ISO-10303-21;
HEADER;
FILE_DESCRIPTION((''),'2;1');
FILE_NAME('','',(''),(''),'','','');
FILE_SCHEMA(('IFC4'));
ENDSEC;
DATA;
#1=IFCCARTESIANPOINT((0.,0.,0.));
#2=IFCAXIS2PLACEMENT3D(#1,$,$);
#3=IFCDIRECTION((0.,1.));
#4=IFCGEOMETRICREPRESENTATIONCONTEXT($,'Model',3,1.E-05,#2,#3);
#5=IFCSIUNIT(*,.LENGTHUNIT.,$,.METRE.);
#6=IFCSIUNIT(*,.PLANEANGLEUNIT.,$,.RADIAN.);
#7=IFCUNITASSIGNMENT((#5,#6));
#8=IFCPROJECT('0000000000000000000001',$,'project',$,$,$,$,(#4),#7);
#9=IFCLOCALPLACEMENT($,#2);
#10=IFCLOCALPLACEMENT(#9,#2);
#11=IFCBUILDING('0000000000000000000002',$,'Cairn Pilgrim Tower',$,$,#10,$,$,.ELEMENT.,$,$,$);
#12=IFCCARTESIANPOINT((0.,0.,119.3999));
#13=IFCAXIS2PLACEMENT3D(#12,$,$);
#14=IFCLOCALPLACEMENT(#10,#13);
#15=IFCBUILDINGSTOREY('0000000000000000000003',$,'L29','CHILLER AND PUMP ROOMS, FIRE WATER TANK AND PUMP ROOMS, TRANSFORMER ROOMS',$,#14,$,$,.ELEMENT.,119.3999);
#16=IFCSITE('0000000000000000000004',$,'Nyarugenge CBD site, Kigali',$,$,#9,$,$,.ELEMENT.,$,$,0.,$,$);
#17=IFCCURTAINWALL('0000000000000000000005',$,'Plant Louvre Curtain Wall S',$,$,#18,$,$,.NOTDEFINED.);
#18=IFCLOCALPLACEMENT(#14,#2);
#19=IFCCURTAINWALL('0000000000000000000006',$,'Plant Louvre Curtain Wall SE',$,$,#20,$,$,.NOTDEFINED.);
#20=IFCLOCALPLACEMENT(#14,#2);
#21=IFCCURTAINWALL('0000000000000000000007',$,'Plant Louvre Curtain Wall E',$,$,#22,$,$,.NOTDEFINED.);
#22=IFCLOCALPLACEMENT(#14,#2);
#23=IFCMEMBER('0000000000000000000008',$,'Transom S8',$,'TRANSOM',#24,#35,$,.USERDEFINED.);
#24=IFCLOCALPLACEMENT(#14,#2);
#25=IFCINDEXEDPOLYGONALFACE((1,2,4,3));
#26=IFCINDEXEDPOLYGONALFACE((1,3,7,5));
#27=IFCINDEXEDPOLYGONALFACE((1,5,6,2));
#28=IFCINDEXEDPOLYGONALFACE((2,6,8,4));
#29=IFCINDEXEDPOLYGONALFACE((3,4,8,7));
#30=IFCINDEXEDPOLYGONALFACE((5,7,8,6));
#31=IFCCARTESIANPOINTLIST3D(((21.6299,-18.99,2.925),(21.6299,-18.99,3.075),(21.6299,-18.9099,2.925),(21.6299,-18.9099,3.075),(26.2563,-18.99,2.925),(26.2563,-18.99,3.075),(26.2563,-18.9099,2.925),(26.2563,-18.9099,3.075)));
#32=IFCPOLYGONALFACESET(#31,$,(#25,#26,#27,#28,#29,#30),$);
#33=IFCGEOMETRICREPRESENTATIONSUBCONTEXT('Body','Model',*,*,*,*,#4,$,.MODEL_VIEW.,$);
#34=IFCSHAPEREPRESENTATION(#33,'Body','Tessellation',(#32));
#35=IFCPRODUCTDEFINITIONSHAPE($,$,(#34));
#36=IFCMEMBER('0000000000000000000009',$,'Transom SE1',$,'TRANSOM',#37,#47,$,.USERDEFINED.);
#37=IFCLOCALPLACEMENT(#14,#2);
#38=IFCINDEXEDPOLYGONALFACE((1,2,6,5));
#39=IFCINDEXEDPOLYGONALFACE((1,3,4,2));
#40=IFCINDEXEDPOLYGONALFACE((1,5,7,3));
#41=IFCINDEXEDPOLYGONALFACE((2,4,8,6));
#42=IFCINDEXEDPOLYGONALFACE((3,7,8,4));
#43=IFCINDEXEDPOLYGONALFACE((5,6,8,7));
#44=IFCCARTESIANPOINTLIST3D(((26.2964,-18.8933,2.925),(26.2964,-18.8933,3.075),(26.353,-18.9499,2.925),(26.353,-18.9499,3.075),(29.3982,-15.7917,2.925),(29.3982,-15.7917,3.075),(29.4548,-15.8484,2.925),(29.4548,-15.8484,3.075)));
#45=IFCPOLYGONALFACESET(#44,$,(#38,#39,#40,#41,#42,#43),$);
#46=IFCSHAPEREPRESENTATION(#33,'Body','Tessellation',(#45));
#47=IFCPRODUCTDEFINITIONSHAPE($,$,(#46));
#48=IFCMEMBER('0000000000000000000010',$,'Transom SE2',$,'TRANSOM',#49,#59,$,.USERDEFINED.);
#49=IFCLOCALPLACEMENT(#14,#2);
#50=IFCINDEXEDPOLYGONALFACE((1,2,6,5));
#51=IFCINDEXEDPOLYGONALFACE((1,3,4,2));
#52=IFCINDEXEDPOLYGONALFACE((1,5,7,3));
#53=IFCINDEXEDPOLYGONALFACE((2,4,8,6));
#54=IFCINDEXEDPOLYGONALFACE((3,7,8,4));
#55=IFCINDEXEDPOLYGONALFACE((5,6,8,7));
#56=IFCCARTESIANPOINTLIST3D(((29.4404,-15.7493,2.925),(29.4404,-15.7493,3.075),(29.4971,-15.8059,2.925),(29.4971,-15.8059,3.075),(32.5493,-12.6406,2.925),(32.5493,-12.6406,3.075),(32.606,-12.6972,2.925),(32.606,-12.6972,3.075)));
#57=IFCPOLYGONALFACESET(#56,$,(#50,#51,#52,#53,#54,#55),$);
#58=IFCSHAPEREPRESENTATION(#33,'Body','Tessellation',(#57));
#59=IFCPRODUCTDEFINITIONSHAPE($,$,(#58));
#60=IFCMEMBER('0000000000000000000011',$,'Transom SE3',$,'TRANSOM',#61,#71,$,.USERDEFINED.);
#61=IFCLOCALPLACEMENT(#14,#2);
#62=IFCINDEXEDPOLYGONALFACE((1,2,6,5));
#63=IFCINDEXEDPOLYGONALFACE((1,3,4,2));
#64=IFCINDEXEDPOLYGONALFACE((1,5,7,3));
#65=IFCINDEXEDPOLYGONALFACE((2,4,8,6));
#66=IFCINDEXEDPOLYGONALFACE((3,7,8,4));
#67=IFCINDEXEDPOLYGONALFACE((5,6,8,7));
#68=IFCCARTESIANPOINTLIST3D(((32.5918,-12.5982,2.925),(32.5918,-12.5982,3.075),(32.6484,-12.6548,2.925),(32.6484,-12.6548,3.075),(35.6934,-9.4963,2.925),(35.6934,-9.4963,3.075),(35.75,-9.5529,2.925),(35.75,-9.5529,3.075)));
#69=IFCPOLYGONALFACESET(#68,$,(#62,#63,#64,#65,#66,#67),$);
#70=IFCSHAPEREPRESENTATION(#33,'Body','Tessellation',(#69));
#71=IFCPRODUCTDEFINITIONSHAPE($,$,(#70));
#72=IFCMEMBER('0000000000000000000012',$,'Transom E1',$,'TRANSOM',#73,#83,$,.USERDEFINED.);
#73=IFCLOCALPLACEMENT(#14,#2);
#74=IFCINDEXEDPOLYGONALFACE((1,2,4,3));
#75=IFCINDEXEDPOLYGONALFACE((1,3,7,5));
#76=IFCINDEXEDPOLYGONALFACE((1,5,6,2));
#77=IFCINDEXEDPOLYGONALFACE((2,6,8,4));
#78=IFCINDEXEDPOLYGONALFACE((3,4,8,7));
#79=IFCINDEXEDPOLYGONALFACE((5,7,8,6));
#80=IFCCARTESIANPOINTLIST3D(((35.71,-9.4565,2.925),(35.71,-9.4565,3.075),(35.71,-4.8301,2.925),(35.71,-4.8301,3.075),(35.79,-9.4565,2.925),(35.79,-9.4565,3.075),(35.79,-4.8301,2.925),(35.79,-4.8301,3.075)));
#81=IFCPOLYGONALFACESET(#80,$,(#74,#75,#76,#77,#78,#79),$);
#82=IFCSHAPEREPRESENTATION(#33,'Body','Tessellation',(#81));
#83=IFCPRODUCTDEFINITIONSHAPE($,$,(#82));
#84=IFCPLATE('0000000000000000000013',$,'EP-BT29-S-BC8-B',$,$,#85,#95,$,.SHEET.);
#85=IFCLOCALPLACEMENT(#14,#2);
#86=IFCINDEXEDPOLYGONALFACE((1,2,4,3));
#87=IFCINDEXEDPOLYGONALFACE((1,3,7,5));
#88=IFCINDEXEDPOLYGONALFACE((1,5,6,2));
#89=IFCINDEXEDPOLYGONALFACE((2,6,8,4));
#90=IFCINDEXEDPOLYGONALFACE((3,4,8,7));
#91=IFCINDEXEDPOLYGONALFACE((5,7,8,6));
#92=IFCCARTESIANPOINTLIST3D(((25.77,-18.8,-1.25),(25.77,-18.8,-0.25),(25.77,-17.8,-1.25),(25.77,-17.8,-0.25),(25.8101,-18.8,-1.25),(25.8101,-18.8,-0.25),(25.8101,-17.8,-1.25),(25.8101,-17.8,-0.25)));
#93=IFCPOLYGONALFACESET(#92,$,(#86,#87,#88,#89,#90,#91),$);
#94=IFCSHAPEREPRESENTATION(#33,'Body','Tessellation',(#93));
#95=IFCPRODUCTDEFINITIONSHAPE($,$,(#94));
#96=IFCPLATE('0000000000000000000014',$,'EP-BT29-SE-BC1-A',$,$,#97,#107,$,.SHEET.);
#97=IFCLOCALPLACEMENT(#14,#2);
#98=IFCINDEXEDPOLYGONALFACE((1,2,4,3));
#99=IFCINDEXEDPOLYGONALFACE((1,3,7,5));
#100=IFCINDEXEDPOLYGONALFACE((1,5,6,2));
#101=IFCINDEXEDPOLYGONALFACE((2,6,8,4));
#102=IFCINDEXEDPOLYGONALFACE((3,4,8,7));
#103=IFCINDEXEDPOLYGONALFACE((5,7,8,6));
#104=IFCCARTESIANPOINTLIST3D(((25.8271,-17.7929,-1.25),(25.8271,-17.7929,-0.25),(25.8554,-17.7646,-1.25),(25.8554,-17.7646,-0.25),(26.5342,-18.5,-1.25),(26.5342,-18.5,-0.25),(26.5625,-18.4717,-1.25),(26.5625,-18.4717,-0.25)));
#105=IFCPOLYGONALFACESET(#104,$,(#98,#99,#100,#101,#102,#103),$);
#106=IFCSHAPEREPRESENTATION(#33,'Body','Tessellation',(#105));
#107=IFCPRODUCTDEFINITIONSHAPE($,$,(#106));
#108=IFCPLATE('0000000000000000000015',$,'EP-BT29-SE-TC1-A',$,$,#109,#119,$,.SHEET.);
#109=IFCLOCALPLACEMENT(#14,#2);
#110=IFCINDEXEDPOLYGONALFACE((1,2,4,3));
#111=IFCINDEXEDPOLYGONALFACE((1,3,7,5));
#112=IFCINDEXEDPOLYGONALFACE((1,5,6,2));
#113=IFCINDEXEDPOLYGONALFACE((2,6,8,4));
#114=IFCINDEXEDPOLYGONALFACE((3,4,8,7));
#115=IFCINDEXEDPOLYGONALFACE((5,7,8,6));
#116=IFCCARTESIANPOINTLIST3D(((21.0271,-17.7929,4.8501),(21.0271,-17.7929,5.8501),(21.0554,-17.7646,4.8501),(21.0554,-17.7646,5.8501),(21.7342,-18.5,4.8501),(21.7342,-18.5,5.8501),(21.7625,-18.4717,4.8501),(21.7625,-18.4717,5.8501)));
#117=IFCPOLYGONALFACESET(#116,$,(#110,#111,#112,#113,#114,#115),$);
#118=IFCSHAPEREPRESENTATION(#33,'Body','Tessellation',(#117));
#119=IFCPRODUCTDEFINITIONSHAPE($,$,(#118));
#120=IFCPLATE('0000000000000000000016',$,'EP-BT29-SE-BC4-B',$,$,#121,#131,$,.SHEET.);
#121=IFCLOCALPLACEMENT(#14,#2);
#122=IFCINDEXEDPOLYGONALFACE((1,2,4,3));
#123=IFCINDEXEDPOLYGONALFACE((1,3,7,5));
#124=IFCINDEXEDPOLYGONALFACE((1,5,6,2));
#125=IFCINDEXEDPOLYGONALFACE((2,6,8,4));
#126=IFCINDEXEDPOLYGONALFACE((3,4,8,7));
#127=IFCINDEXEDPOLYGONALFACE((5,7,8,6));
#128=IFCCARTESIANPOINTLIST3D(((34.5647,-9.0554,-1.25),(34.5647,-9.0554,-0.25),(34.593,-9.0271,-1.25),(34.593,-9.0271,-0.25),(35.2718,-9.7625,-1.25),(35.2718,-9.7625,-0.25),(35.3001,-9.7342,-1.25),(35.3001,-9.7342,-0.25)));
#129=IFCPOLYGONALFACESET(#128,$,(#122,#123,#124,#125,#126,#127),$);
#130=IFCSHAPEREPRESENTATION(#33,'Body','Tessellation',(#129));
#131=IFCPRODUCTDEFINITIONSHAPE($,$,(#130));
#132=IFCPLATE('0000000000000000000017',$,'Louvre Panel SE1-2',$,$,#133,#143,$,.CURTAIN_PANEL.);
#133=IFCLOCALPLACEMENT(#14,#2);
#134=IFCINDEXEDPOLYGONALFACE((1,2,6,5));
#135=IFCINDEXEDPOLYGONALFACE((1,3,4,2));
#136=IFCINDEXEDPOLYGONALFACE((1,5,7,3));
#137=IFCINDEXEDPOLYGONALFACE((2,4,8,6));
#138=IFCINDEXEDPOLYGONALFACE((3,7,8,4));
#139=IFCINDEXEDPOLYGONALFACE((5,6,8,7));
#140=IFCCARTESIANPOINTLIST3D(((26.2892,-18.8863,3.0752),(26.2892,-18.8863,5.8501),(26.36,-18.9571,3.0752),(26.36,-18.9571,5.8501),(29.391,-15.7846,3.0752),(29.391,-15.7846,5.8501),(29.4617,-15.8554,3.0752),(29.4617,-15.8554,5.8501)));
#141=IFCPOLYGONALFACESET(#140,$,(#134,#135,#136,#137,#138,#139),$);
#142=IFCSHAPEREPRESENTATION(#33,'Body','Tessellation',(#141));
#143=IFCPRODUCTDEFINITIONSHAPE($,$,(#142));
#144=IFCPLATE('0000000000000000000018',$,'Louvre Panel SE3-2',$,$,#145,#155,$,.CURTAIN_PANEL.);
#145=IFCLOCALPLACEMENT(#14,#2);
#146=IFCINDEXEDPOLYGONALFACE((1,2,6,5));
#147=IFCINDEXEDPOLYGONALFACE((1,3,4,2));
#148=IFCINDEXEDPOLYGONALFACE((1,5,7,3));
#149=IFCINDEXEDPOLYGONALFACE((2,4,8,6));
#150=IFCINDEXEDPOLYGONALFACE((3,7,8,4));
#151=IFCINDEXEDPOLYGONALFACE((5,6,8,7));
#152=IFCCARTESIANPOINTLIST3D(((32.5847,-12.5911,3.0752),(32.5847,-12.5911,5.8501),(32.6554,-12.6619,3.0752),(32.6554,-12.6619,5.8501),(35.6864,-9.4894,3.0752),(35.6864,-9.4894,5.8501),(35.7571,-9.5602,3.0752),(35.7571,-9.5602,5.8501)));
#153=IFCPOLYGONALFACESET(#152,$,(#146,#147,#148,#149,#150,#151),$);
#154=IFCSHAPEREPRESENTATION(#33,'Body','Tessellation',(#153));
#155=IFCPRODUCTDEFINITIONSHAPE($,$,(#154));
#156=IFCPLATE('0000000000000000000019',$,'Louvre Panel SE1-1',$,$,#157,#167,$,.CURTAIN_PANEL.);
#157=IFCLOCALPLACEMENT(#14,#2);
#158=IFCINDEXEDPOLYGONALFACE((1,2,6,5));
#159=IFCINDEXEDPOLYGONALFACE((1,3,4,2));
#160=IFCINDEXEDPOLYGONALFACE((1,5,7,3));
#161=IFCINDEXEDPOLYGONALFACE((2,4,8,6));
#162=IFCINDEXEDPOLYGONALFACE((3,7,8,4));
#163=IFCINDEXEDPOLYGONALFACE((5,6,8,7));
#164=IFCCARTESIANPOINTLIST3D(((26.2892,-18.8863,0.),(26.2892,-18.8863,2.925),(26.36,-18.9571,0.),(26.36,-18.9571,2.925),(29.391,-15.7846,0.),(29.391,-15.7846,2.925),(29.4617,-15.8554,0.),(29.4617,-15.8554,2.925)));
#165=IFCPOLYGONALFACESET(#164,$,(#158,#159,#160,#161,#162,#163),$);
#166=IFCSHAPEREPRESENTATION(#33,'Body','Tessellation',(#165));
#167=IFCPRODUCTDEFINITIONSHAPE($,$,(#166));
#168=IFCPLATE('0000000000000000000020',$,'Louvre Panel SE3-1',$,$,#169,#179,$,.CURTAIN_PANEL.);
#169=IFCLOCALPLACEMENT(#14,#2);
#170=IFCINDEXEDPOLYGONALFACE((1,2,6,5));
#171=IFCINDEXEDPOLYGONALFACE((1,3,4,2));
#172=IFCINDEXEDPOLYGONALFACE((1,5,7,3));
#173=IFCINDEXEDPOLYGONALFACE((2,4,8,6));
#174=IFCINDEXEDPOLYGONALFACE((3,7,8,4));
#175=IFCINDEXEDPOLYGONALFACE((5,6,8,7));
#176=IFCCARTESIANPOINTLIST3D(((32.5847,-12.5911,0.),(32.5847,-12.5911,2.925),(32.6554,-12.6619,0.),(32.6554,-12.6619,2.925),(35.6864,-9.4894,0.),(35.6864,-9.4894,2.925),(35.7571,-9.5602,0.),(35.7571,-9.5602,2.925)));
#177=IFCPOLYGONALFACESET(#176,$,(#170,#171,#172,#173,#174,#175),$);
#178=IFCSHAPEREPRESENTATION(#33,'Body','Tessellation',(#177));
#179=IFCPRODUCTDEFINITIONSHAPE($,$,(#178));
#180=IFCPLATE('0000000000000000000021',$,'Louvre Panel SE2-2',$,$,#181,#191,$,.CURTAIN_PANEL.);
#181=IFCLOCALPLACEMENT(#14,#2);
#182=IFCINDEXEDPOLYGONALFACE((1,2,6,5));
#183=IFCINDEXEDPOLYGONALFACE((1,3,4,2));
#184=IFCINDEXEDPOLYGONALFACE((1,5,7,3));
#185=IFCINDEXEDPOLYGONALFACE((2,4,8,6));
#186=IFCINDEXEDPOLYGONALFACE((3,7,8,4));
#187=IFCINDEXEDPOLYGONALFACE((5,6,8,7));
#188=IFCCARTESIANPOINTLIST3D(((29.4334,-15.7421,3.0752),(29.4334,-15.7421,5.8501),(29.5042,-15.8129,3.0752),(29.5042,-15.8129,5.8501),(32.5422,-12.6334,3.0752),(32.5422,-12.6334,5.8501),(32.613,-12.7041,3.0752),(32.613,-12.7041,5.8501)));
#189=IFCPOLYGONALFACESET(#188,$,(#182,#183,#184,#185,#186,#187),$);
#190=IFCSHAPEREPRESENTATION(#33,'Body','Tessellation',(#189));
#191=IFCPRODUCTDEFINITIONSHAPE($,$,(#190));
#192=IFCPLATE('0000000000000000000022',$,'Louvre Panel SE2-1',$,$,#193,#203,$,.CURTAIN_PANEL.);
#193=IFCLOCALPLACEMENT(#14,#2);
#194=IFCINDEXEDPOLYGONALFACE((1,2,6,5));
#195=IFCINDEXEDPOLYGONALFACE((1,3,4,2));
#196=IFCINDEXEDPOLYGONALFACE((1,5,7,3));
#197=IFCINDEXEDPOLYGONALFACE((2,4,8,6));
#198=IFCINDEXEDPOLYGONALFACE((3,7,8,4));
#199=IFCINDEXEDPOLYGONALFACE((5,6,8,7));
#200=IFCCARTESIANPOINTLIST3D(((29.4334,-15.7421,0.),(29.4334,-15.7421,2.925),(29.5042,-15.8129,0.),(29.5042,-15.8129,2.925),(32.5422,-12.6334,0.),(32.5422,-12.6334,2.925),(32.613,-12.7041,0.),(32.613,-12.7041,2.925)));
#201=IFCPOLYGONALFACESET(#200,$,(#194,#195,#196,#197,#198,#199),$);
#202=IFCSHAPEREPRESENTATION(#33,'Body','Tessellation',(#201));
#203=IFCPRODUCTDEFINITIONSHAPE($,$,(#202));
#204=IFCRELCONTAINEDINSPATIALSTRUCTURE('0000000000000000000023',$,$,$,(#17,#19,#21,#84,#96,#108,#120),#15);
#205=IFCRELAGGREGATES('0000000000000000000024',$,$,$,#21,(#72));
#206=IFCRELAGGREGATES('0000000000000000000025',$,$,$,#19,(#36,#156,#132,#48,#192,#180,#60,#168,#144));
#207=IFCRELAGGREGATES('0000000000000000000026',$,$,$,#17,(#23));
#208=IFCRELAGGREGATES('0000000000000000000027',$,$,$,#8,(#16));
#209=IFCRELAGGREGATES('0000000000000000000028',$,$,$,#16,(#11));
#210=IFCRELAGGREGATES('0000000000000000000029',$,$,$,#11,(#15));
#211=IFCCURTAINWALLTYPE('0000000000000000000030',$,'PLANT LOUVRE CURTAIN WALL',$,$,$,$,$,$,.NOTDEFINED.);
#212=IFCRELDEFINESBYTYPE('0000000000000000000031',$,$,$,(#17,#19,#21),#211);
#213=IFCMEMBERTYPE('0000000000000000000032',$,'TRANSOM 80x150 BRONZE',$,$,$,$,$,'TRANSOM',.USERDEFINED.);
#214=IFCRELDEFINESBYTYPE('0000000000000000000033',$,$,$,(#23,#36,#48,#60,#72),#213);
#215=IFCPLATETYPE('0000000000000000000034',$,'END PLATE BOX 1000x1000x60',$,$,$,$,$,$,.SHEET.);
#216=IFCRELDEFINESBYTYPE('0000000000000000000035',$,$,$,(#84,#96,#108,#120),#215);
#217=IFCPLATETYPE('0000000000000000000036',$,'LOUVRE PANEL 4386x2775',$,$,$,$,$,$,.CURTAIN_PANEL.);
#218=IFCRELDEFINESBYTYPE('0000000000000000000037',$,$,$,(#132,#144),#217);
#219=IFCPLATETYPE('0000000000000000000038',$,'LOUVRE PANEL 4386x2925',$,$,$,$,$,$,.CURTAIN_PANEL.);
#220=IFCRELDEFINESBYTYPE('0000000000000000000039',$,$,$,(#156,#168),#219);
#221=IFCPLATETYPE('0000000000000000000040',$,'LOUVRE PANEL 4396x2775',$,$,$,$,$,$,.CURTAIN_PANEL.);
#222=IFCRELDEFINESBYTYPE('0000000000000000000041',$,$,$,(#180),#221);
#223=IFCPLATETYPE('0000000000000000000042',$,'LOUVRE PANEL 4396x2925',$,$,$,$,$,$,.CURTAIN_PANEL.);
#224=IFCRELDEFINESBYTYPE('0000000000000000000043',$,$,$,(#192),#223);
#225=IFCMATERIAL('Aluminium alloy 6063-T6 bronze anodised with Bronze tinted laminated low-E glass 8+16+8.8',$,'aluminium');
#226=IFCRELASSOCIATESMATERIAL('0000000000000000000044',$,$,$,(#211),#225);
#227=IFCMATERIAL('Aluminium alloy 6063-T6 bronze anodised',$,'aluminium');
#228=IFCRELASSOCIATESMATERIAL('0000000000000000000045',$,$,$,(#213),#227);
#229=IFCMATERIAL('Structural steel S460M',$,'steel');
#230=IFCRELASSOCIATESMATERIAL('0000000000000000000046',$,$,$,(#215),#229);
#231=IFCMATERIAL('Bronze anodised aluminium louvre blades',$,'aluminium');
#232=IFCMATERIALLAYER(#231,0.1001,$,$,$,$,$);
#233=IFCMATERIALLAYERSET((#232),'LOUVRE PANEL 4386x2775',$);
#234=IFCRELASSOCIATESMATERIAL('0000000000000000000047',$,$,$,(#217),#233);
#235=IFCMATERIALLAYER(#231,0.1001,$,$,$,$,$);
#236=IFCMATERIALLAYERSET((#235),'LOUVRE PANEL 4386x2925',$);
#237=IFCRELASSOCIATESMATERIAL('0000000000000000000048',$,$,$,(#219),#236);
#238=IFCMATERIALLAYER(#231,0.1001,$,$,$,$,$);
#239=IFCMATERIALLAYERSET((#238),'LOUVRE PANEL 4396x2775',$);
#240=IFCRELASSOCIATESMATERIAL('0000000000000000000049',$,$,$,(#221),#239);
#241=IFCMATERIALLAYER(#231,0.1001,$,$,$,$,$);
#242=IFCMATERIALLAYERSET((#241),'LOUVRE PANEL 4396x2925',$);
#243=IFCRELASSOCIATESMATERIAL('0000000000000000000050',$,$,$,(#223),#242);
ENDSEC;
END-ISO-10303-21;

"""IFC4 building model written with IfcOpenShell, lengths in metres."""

from ifc_helpers import new_model, si_unit, direction, frame, origin, origin_2d, place, context, subcontext, project, spatial, rectangle, extrude, material, layer, layer_set, material_profile, profile_set, type_object, element, aggregate, save


model = new_model("IFC4")

# Units and contexts
model_context = context("Model", 3, precision=1e-05, world=origin(), true_north=direction((0.0, 1.0)))
body_context = subcontext(model_context, "Body", "Model", "MODEL_VIEW")
ifc_project = project(units=[si_unit("LENGTHUNIT", "METRE"), si_unit("PLANEANGLEUNIT", "RADIAN")], contexts=[model_context])

# Site, building, storey
site_placement = place(None, origin())
site = spatial("IfcSite", under=ifc_project, at=site_placement, Name="Nyarugenge CBD site, Kigali", CompositionType="ELEMENT", RefElevation=0.0)
building_placement = place(site_placement, origin())
building = spatial("IfcBuilding", under=site, at=building_placement, Name="Cairn Pilgrim Tower", CompositionType="ELEMENT")
storey_placement = place(building_placement, frame((0.0, 0.0, 119.3999)))
storey = spatial("IfcBuildingStorey", under=building, at=storey_placement, Name="L29", Description="CHILLER AND PUMP ROOMS, FIRE WATER TANK AND PUMP ROOMS, TRANSFORMER ROOMS", CompositionType="ELEMENT", Elevation=119.3999)

# Shared definitions
ifc_material_1 = material(Name="Structural steel S460M", Category="steel")

# Curtain wall
ifc_material_2 = material(Name="Aluminium alloy 6063-T6 bronze anodised with Bronze tinted laminated low-E glass 8+16+8.8", Category="aluminium")
curtain_wall_type = type_object("IfcCurtainWallType", Name="PLANT LOUVRE CURTAIN WALL", PredefinedType="NOTDEFINED", material=ifc_material_2)
curtain_wall_1_placement = place(storey_placement, origin())
curtain_wall_1 = element("IfcCurtainWall", 1, at=curtain_wall_1_placement, inside=storey, type_object=curtain_wall_type, Name="Plant Louvre Curtain Wall S", PredefinedType="NOTDEFINED")
ifc_material_3 = material(Name="Aluminium alloy 6063-T6 bronze anodised", Category="aluminium")

# Curtain wall
curtain_wall_2_placement = place(storey_placement, origin())
curtain_wall_2 = element("IfcCurtainWall", 2, at=curtain_wall_2_placement, inside=storey, type_object=curtain_wall_type, Name="Plant Louvre Curtain Wall SE", PredefinedType="NOTDEFINED")

# Curtain wall
curtain_wall_3_placement = place(storey_placement, origin())
curtain_wall_3 = element("IfcCurtainWall", 3, at=curtain_wall_3_placement, inside=storey, type_object=curtain_wall_type, Name="Plant Louvre Curtain Wall E", PredefinedType="NOTDEFINED")

# Members
ifc_material_profile_1 = material_profile(ifc_material_3, rectangle(XDim=0.0801, YDim=0.1499, at=origin_2d()), Name="TRANSOM 80x150 BRONZE")
ifc_profile_set_1 = profile_set([ifc_material_profile_1], Name="Aluminium alloy 6063-T6 bronze anodised")
member_type_1 = type_object("IfcMemberType", Name="TRANSOM 80x150 BRONZE", ElementType="TRANSOM", PredefinedType="USERDEFINED", material=ifc_profile_set_1)
member_1_placement = place(storey_placement, frame((21.6299, -18.95, 3.0), z_axis=(1.0, 0.0, 0.0), x_axis=(0.0, 1.0, 0.0)))
member_1 = element("IfcMember", 4, at=member_1_placement, type_object=member_type_1, Name="Transom S8", ObjectType="TRANSOM", PredefinedType="USERDEFINED", context=body_context, shape_type="SweptSolid", body=[
    extrude(rectangle(XDim=0.0801, YDim=0.1499, at=origin_2d()), origin(), (0.0, 0.0, 1.0), 4.6265),
])
member_2_placement = place(storey_placement, frame((26.3247, -18.9216, 3.0), z_axis=(0.707135, 0.707079, 0.0), x_axis=(-0.707079, 0.707135, 0.0)))
member_2 = element("IfcMember", 5, at=member_2_placement, type_object=member_type_1, Name="Transom SE1", ObjectType="TRANSOM", PredefinedType="USERDEFINED", context=body_context, shape_type="SweptSolid", body=[
    extrude(rectangle(XDim=0.0801, YDim=0.1499, at=origin_2d()), origin(), (0.0, 0.0, 1.0), 4.3865),
])
member_3_placement = place(storey_placement, frame((29.4688, -15.7776, 3.0), z_axis=(0.707135, 0.707079, 0.0), x_axis=(-0.707079, 0.707135, 0.0)))
member_3 = element("IfcMember", 6, at=member_3_placement, type_object=member_type_1, Name="Transom SE2", ObjectType="TRANSOM", PredefinedType="USERDEFINED", context=body_context, shape_type="SweptSolid", body=[
    extrude(rectangle(XDim=0.0801, YDim=0.1499, at=origin_2d()), origin(), (0.0, 0.0, 1.0), 4.3965),
])
member_4_placement = place(storey_placement, frame((32.6201, -12.6265, 3.0), z_axis=(0.707079, 0.707135, 0.0), x_axis=(-0.707135, 0.707079, 0.0)))
member_4 = element("IfcMember", 7, at=member_4_placement, type_object=member_type_1, Name="Transom SE3", ObjectType="TRANSOM", PredefinedType="USERDEFINED", context=body_context, shape_type="SweptSolid", body=[
    extrude(rectangle(XDim=0.0801, YDim=0.1499, at=origin_2d()), origin(), (0.0, 0.0, 1.0), 4.3865),
])
member_5_placement = place(storey_placement, frame((35.75, -9.4565, 3.0), z_axis=(0.0, 1.0, 0.0), x_axis=(-1.0, 0.0, 0.0)))
member_5 = element("IfcMember", 8, at=member_5_placement, type_object=member_type_1, Name="Transom E1", ObjectType="TRANSOM", PredefinedType="USERDEFINED", context=body_context, shape_type="SweptSolid", body=[
    extrude(rectangle(XDim=0.0801, YDim=0.1499, at=origin_2d()), origin(), (0.0, 0.0, 1.0), 4.6265),
])
aggregate(curtain_wall_3, [member_5])

# Plates
ifc_material_profile_2 = material_profile(ifc_material_1, rectangle(XDim=1.0, YDim=1.0, at=origin_2d()), Name="END PLATE BOX 1000x1000x60")
ifc_profile_set_2 = profile_set([ifc_material_profile_2], Name="Structural steel S460M")
plate_type_1 = type_object("IfcPlateType", Name="END PLATE BOX 1000x1000x60", PredefinedType="SHEET", material=ifc_profile_set_2)
for number, where, z_axis, x_axis, name in (
    (9, (25.77, -18.3, -0.75), (1.0, 0.0, 0.0), (0.0, 1.0, 0.0), "EP-BT29-S-BC8-B"),
    (10, (26.209, -18.1182, -0.75), (-0.707107, -0.707107, 0.0), (0.707107, -0.707107, 0.0), "EP-BT29-SE-BC1-A"),
    (11, (21.4089, -18.1182, 5.3501), (-0.707107, -0.707107, 0.0), (0.707107, -0.707107, 0.0), "EP-BT29-SE-TC1-A"),
    (12, (34.9182, -9.4089, -0.75), (0.707107, 0.707107, 0.0), (-0.707107, 0.707107, 0.0), "EP-BT29-SE-BC4-B"),
):
    element("IfcPlate", number, at=place(storey_placement, frame(where, z_axis=z_axis, x_axis=x_axis)), inside=storey, type_object=plate_type_1, Name=name, PredefinedType="SHEET", context=body_context, shape_type="SweptSolid", body=[
        extrude(rectangle(XDim=1.0, YDim=1.0, at=origin_2d()), origin(), (0.0, 0.0, 1.0), 0.04),
    ])

# Plates
ifc_material_4 = material(Name="Bronze anodised aluminium louvre blades", Category="aluminium")
ifc_layer_1 = layer(ifc_material_4, 0.1001)
ifc_layer_set_1 = layer_set([ifc_layer_1], Name="LOUVRE PANEL 4386x2775")
plate_type_2 = type_object("IfcPlateType", Name="LOUVRE PANEL 4386x2775", PredefinedType="CURTAIN_PANEL", material=ifc_layer_set_1)
plate_1_placement = place(storey_placement, frame((27.8755, -17.3708, 3.0752), z_axis=(0.0, 0.0, 1.0), x_axis=(0.707107, 0.707107, 0.0)))
plate_1 = element("IfcPlate", 13, at=plate_1_placement, type_object=plate_type_2, Name="Louvre Panel SE1-2", PredefinedType="CURTAIN_PANEL", context=body_context, shape_type="SweptSolid", body=[
    extrude(rectangle(XDim=4.3865, YDim=0.1001, at=origin_2d()), origin(), (0.0, 0.0, 1.0), 2.7749),
])
plate_2_placement = place(storey_placement, frame((34.1709, -11.0757, 3.0752), z_axis=(0.0, 0.0, 1.0), x_axis=(0.707107, 0.707107, 0.0)))
plate_2 = element("IfcPlate", 14, at=plate_2_placement, type_object=plate_type_2, Name="Louvre Panel SE3-2", PredefinedType="CURTAIN_PANEL", context=body_context, shape_type="SweptSolid", body=[
    extrude(rectangle(XDim=4.3865, YDim=0.1001, at=origin_2d()), origin(), (0.0, 0.0, 1.0), 2.7749),
])
ifc_layer_2 = layer(ifc_material_4, 0.1001)
ifc_layer_set_2 = layer_set([ifc_layer_2], Name="LOUVRE PANEL 4386x2925")
plate_type_3 = type_object("IfcPlateType", Name="LOUVRE PANEL 4386x2925", PredefinedType="CURTAIN_PANEL", material=ifc_layer_set_2)
plate_3_placement = place(storey_placement, frame((27.8755, -17.3708, 0.0), z_axis=(0.0, 0.0, 1.0), x_axis=(0.707107, 0.707107, 0.0)))
plate_3 = element("IfcPlate", 15, at=plate_3_placement, type_object=plate_type_3, Name="Louvre Panel SE1-1", PredefinedType="CURTAIN_PANEL", context=body_context, shape_type="SweptSolid", body=[
    extrude(rectangle(XDim=4.3865, YDim=0.1001, at=origin_2d()), origin(), (0.0, 0.0, 1.0), 2.925),
])
plate_4_placement = place(storey_placement, frame((34.1709, -11.0757, 0.0), z_axis=(0.0, 0.0, 1.0), x_axis=(0.707107, 0.707107, 0.0)))
plate_4 = element("IfcPlate", 16, at=plate_4_placement, type_object=plate_type_3, Name="Louvre Panel SE3-1", PredefinedType="CURTAIN_PANEL", context=body_context, shape_type="SweptSolid", body=[
    extrude(rectangle(XDim=4.3865, YDim=0.1001, at=origin_2d()), origin(), (0.0, 0.0, 1.0), 2.925),
])
ifc_layer_3 = layer(ifc_material_4, 0.1001)
ifc_layer_set_3 = layer_set([ifc_layer_3], Name="LOUVRE PANEL 4396x2775")
plate_type_4 = type_object("IfcPlateType", Name="LOUVRE PANEL 4396x2775", PredefinedType="CURTAIN_PANEL", material=ifc_layer_set_3)
plate_5_placement = place(storey_placement, frame((31.0232, -14.2231, 3.0752), z_axis=(0.0, 0.0, 1.0), x_axis=(0.707107, 0.707107, 0.0)))
plate_5 = element("IfcPlate", 17, at=plate_5_placement, type_object=plate_type_4, Name="Louvre Panel SE2-2", PredefinedType="CURTAIN_PANEL", context=body_context, shape_type="SweptSolid", body=[
    extrude(rectangle(XDim=4.3965, YDim=0.1001, at=origin_2d()), origin(), (0.0, 0.0, 1.0), 2.7749),
])
ifc_layer_4 = layer(ifc_material_4, 0.1001)
ifc_layer_set_4 = layer_set([ifc_layer_4], Name="LOUVRE PANEL 4396x2925")
plate_type_5 = type_object("IfcPlateType", Name="LOUVRE PANEL 4396x2925", PredefinedType="CURTAIN_PANEL", material=ifc_layer_set_4)
plate_6_placement = place(storey_placement, frame((31.0232, -14.2231, 0.0), z_axis=(0.0, 0.0, 1.0), x_axis=(0.707107, 0.707107, 0.0)))
plate_6 = element("IfcPlate", 18, at=plate_6_placement, type_object=plate_type_5, Name="Louvre Panel SE2-1", PredefinedType="CURTAIN_PANEL", context=body_context, shape_type="SweptSolid", body=[
    extrude(rectangle(XDim=4.3965, YDim=0.1001, at=origin_2d()), origin(), (0.0, 0.0, 1.0), 2.925),
])
aggregate(curtain_wall_2, [member_2, plate_3, plate_1, member_3, plate_6, plate_5, member_4, plate_4, plate_2])
aggregate(curtain_wall_1, [member_1])

save(model, "model.ifc")
